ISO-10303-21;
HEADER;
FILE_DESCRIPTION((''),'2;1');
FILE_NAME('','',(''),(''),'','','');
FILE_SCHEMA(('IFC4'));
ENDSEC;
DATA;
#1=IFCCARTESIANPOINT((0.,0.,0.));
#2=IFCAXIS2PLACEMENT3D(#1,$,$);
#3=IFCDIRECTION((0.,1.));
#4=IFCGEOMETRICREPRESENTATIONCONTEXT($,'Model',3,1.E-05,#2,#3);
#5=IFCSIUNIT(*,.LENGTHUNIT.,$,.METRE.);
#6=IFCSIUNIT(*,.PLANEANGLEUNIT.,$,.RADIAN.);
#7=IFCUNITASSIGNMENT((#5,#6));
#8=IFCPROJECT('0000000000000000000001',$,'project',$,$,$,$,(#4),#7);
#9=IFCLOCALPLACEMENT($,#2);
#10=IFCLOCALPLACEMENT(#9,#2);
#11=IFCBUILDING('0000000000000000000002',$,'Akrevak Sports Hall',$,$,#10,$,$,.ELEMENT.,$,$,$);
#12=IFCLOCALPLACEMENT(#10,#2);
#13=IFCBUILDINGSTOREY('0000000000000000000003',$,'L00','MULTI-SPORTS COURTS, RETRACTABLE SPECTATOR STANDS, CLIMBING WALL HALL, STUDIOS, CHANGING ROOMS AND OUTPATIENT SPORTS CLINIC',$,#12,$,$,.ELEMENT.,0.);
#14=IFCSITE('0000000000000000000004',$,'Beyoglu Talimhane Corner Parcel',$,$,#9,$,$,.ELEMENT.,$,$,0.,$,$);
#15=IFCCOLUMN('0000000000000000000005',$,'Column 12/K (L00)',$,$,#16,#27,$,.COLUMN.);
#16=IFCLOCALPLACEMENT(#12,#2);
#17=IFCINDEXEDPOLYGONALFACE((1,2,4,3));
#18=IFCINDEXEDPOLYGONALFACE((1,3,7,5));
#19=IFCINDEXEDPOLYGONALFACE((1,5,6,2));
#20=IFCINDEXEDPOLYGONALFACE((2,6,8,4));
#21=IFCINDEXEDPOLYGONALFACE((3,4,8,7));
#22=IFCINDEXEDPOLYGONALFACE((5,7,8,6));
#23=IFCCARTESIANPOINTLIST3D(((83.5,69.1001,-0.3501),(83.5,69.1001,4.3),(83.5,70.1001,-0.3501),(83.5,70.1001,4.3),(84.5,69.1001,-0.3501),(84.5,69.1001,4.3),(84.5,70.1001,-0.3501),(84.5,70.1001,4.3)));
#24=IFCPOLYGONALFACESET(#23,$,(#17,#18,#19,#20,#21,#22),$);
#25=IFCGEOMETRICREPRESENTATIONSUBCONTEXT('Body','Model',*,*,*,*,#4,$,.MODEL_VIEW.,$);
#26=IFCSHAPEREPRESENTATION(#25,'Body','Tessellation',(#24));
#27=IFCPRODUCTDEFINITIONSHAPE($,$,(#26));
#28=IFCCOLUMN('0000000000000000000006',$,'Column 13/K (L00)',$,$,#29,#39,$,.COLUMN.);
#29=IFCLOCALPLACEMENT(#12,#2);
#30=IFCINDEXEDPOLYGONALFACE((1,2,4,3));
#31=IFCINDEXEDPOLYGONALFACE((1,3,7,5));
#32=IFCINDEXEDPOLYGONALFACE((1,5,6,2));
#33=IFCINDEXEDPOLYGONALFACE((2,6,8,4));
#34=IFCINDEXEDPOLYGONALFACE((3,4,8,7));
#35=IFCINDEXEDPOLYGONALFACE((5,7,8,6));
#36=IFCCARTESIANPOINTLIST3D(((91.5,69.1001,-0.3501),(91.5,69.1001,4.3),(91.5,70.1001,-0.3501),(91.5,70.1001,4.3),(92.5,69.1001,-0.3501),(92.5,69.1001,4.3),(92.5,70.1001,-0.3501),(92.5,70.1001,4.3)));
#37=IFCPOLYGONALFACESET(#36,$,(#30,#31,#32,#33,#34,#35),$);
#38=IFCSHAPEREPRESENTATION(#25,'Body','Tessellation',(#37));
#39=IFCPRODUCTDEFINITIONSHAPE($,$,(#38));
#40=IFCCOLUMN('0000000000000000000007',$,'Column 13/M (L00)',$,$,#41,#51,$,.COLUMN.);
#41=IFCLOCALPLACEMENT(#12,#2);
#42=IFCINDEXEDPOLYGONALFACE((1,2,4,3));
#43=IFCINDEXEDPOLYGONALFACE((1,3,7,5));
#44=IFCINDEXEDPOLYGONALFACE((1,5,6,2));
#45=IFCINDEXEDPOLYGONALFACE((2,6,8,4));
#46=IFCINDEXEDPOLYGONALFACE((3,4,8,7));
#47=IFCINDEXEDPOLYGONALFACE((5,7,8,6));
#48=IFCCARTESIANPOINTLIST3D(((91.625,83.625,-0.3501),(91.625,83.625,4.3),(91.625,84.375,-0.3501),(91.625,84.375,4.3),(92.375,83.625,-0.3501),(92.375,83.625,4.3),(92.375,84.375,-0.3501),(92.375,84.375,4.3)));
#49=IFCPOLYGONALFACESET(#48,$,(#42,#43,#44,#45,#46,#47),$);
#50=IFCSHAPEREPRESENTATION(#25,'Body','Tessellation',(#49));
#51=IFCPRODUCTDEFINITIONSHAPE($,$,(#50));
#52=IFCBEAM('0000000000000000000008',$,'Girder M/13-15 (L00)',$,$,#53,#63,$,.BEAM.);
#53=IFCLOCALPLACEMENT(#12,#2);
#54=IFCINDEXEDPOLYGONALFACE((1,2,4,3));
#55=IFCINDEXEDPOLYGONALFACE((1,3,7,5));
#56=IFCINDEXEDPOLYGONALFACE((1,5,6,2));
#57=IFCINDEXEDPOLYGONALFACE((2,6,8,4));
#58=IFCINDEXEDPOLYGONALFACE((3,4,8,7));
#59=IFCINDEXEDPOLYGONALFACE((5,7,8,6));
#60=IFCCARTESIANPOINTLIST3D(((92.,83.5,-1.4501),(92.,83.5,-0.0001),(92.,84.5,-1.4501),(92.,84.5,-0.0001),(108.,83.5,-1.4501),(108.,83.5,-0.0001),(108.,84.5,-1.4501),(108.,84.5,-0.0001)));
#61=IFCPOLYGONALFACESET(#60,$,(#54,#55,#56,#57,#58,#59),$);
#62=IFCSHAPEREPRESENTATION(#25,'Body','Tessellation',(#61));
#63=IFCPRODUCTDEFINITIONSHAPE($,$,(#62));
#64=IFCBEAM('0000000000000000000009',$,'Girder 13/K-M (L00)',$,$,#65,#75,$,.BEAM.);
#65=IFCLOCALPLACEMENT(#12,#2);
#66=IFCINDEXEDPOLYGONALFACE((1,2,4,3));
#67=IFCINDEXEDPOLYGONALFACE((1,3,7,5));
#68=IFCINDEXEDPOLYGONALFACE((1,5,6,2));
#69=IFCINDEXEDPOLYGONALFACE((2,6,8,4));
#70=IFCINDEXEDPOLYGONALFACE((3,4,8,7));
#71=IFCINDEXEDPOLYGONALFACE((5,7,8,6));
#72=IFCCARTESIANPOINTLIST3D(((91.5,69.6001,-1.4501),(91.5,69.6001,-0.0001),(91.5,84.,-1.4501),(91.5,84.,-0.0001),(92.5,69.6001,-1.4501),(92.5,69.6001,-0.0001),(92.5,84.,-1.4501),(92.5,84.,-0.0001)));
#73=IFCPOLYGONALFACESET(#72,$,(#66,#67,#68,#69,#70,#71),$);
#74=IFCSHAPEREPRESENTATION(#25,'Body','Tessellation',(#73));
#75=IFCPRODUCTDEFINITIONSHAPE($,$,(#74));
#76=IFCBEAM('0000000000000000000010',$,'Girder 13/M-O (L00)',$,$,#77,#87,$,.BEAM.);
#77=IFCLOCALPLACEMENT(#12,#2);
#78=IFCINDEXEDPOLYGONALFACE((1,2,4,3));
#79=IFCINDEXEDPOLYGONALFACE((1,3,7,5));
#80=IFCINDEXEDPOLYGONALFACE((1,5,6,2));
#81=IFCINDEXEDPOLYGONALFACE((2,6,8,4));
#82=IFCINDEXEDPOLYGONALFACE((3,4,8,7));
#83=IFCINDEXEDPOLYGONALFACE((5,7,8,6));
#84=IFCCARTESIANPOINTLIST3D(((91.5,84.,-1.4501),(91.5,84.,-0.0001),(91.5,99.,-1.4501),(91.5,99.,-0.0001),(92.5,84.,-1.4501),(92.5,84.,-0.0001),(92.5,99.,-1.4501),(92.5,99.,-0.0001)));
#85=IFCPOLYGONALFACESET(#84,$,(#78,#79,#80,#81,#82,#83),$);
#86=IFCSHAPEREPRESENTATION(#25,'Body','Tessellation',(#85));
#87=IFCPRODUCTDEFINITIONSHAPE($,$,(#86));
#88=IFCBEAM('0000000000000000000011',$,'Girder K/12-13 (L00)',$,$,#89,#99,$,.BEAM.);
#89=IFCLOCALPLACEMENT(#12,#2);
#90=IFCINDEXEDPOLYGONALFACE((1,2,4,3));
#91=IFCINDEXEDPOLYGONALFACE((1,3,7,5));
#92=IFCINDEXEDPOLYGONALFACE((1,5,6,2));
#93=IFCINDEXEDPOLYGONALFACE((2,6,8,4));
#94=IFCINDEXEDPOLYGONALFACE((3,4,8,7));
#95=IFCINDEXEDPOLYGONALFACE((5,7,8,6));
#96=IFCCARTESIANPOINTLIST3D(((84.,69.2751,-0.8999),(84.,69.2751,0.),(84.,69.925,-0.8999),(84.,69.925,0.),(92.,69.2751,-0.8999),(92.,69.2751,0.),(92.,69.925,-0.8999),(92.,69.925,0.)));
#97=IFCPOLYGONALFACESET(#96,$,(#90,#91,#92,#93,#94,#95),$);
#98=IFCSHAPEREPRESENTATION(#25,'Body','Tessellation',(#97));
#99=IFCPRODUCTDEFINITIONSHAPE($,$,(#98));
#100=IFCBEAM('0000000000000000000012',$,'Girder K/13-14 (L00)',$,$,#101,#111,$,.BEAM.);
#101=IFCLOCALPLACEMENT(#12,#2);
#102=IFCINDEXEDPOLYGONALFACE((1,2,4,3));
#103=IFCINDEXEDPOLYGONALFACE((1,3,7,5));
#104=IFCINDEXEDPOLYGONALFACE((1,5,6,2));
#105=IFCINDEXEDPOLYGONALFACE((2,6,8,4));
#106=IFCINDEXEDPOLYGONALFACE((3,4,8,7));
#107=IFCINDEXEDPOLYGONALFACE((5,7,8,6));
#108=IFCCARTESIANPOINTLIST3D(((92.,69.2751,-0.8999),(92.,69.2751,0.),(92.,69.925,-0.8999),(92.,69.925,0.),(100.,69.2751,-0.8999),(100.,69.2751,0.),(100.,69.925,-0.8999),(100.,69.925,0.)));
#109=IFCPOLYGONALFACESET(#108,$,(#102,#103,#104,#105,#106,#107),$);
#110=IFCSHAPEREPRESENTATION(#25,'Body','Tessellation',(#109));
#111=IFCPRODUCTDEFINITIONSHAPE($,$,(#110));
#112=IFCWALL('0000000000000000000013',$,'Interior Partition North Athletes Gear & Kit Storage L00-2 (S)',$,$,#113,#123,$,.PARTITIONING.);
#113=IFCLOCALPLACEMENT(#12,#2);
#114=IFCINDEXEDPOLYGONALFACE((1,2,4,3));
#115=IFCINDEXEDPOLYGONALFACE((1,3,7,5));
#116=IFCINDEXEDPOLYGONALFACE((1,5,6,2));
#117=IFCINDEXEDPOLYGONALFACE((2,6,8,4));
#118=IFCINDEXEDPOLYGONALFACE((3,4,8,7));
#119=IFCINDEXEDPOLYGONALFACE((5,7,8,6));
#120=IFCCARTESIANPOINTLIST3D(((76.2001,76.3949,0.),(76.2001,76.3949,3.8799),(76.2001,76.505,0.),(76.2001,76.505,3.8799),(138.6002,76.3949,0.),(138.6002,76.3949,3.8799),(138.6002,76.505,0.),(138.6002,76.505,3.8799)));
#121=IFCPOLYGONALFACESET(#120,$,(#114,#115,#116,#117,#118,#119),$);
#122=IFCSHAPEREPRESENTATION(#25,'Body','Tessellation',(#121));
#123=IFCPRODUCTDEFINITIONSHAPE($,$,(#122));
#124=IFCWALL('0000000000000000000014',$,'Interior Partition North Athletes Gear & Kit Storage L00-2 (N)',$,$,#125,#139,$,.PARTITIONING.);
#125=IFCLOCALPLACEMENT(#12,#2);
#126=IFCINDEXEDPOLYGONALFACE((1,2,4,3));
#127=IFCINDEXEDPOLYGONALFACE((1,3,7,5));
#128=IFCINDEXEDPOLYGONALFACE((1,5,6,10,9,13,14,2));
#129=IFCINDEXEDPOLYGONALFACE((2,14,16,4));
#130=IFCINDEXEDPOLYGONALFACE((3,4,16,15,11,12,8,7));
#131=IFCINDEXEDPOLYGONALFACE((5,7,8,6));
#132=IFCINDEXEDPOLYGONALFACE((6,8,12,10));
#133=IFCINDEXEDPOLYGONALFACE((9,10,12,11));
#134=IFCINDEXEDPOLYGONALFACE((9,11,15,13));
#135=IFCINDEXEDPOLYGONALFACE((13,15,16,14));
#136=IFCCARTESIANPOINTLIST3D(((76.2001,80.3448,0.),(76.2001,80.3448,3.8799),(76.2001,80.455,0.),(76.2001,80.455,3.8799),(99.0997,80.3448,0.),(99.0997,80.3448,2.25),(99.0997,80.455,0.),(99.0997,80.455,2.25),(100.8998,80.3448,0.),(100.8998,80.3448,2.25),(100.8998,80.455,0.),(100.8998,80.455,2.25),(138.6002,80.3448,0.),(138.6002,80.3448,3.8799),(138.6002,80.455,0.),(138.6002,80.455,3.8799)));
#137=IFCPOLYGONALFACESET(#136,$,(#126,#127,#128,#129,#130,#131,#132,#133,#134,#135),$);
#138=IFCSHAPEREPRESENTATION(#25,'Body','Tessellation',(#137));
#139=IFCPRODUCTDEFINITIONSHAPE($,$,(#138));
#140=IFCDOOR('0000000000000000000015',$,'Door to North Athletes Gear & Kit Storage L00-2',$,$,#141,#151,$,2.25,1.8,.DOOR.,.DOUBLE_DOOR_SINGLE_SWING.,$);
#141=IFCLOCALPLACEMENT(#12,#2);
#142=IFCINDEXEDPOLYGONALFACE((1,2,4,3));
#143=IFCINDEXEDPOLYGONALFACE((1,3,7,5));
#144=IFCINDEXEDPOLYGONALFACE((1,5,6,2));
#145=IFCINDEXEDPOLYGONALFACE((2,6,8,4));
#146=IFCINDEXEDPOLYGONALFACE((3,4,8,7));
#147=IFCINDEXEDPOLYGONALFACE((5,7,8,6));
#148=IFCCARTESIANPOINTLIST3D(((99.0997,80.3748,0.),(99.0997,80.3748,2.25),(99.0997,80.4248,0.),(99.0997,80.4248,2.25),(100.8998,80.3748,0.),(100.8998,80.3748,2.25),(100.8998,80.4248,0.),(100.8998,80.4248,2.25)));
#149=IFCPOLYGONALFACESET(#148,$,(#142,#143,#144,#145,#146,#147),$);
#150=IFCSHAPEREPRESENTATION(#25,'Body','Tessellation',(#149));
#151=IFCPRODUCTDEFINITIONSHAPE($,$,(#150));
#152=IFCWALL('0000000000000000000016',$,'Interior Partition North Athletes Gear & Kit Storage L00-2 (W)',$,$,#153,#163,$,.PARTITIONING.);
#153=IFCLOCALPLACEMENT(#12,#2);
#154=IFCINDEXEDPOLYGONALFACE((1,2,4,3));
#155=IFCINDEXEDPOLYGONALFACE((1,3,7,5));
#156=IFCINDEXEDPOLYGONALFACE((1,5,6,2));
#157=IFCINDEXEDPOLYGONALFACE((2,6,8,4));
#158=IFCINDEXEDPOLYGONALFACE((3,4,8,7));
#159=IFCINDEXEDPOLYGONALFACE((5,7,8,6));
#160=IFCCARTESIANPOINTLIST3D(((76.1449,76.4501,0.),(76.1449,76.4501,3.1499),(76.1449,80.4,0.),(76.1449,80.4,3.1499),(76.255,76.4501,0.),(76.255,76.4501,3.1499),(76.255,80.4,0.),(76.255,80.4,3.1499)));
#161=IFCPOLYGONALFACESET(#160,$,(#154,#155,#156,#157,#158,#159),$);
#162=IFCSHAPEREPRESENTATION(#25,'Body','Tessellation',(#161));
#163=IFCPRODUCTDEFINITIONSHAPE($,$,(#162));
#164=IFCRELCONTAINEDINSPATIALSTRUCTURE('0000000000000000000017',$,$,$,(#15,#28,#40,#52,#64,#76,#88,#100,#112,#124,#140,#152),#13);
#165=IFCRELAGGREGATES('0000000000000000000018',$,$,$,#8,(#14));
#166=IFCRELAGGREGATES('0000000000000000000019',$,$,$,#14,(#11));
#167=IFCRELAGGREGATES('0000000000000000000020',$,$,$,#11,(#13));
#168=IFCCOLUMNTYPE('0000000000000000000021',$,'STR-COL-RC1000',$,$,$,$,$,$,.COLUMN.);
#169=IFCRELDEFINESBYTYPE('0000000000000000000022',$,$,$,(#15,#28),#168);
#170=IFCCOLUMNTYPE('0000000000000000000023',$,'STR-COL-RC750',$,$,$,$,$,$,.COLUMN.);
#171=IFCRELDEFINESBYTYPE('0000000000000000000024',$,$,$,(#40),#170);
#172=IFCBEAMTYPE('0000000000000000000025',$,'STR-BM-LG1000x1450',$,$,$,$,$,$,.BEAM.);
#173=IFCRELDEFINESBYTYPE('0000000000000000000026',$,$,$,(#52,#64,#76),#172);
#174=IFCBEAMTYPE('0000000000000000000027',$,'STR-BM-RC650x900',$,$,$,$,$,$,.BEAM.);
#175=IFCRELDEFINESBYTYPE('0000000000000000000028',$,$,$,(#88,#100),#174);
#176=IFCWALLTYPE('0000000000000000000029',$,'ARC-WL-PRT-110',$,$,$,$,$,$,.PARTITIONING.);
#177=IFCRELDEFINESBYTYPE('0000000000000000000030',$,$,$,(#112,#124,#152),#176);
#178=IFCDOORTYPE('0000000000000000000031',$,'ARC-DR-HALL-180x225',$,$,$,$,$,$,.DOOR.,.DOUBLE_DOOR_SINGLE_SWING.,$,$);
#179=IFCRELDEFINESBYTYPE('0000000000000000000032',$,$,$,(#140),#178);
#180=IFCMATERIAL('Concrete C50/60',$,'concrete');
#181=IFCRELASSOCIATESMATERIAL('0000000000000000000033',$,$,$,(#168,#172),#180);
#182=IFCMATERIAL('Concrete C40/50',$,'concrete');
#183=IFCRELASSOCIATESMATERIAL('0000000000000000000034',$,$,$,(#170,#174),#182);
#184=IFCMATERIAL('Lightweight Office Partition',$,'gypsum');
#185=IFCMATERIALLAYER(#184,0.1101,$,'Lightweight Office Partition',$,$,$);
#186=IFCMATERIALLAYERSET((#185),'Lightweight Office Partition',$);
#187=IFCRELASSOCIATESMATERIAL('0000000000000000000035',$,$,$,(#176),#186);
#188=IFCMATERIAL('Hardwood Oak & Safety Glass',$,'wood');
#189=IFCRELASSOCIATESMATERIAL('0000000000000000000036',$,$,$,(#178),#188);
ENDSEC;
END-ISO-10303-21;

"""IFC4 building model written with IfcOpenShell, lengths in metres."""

from ifc_helpers import new_model, si_unit, direction, frame, frame_2d, origin, origin_2d, place, context, subcontext, project, spatial, rectangle, extrude, material, layer, layer_set, material_profile, profile_set, type_object, element, fill, save


model = new_model("IFC4")

# Units and contexts
model_context = context("Model", 3, precision=1e-05, world=origin(), true_north=direction((0.0, 1.0)))
body_context = subcontext(model_context, "Body", "Model", "MODEL_VIEW")
ifc_project = project(units=[si_unit("LENGTHUNIT", "METRE"), si_unit("PLANEANGLEUNIT", "RADIAN")], contexts=[model_context])

# Site, building, storey
site_placement = place(None, origin())
site = spatial("IfcSite", under=ifc_project, at=site_placement, Name="Beyoglu Talimhane Corner Parcel", CompositionType="ELEMENT", RefElevation=0.0)
building_placement = place(site_placement, origin())
building = spatial("IfcBuilding", under=site, at=building_placement, Name="Akrevak Sports Hall", CompositionType="ELEMENT")
storey_placement = place(building_placement, origin())
storey = spatial("IfcBuildingStorey", under=building, at=storey_placement, Name="L00", Description="MULTI-SPORTS COURTS, RETRACTABLE SPECTATOR STANDS, CLIMBING WALL HALL, STUDIOS, CHANGING ROOMS AND OUTPATIENT SPORTS CLINIC", CompositionType="ELEMENT", Elevation=0.0)

# Columns
ifc_material_1 = material(Name="Concrete C50/60", Category="concrete")
ifc_material_profile_1 = material_profile(ifc_material_1, rectangle(XDim=1.0, YDim=1.0, at=origin_2d()), Name="RC 1000x1000", Category="concrete")
ifc_profile_set_1 = profile_set([ifc_material_profile_1], Name="Concrete C50/60")
column_type_1 = type_object("IfcColumnType", Name="STR-COL-RC1000", PredefinedType="COLUMN", material=ifc_profile_set_1)
for number, where, z_axis, x_axis, name in (
    (1, (84.0, 69.6001, -0.3501), (0.0, 0.0, 1.0), (1.0, 0.0, 0.0), "Column 12/K (L00)"),
    (2, (92.0, 69.6001, -0.3501), (0.0, 0.0, 1.0), (1.0, 0.0, 0.0), "Column 13/K (L00)"),
):
    element("IfcColumn", number, at=place(storey_placement, frame(where, z_axis=z_axis, x_axis=x_axis)), inside=storey, type_object=column_type_1, Name=name, PredefinedType="COLUMN", context=body_context, shape_type="SweptSolid", body=[
        extrude(rectangle(XDim=1.0, YDim=1.0, at=origin_2d()), origin(), (0.0, 0.0, 1.0), 4.6501),
    ])
ifc_material_2 = material(Name="Concrete C40/50", Category="concrete")
ifc_material_profile_2 = material_profile(ifc_material_2, rectangle(XDim=0.75, YDim=0.75, at=origin_2d()), Name="RC 750x750", Category="concrete")
ifc_profile_set_2 = profile_set([ifc_material_profile_2], Name="Concrete C40/50")
column_type_2 = type_object("IfcColumnType", Name="STR-COL-RC750", PredefinedType="COLUMN", material=ifc_profile_set_2)
column_placement = place(storey_placement, frame((92.0, 84.0, -0.3501), z_axis=(0.0, 0.0, 1.0), x_axis=(1.0, 0.0, 0.0)))
element("IfcColumn", 3, at=column_placement, inside=storey, type_object=column_type_2, Name="Column 13/M (L00)", PredefinedType="COLUMN", context=body_context, shape_type="SweptSolid", body=[
    extrude(rectangle(XDim=0.75, YDim=0.75, at=origin_2d()), origin(), (0.0, 0.0, 1.0), 4.6501),
])

# Beams
ifc_material_profile_3 = material_profile(ifc_material_1, rectangle(XDim=1.0, YDim=1.45, at=origin_2d()), Name="BM 1000x1450", Category="concrete")
ifc_profile_set_3 = profile_set([ifc_material_profile_3], Name="Concrete C50/60")
beam_type_1 = type_object("IfcBeamType", Name="STR-BM-LG1000x1450", PredefinedType="BEAM", material=ifc_profile_set_3)
beam_1_placement = place(storey_placement, frame((92.0, 84.0, -0.7251), z_axis=(1.0, 0.0, 0.0), x_axis=(0.0, 1.0, 0.0)))
element("IfcBeam", 4, at=beam_1_placement, inside=storey, type_object=beam_type_1, Name="Girder M/13-15 (L00)", PredefinedType="BEAM", context=body_context, shape_type="SweptSolid", body=[
    extrude(rectangle(XDim=1.0, YDim=1.45, at=origin_2d()), origin(), (0.0, 0.0, 1.0), 16.0),
])
beam_2_placement = place(storey_placement, frame((92.0, 69.6001, -0.7251), z_axis=(0.0, 1.0, 0.0), x_axis=(-1.0, 0.0, 0.0)))
element("IfcBeam", 5, at=beam_2_placement, inside=storey, type_object=beam_type_1, Name="Girder 13/K-M (L00)", PredefinedType="BEAM", context=body_context, shape_type="SweptSolid", body=[
    extrude(rectangle(XDim=1.0, YDim=1.45, at=origin_2d()), origin(), (0.0, 0.0, 1.0), 14.3999),
])
beam_3_placement = place(storey_placement, frame((92.0, 84.0, -0.7251), z_axis=(0.0, 1.0, 0.0), x_axis=(-1.0, 0.0, 0.0)))
element("IfcBeam", 6, at=beam_3_placement, inside=storey, type_object=beam_type_1, Name="Girder 13/M-O (L00)", PredefinedType="BEAM", context=body_context, shape_type="SweptSolid", body=[
    extrude(rectangle(XDim=1.0, YDim=1.45, at=origin_2d()), origin(), (0.0, 0.0, 1.0), 15.0),
])
ifc_material_profile_4 = material_profile(ifc_material_2, rectangle(XDim=0.6499, YDim=0.8999, at=origin_2d()), Name="BM 650x900", Category="concrete")
ifc_profile_set_4 = profile_set([ifc_material_profile_4], Name="Concrete C40/50")
beam_type_2 = type_object("IfcBeamType", Name="STR-BM-RC650x900", PredefinedType="BEAM", material=ifc_profile_set_4)
for number, where, z_axis, x_axis, name in (
    (7, (84.0, 69.6001, -0.45), (1.0, 0.0, 0.0), (0.0, 1.0, 0.0), "Girder K/12-13 (L00)"),
    (8, (92.0, 69.6001, -0.45), (1.0, 0.0, 0.0), (0.0, 1.0, 0.0), "Girder K/13-14 (L00)"),
):
    element("IfcBeam", number, at=place(storey_placement, frame(where, z_axis=z_axis, x_axis=x_axis)), inside=storey, type_object=beam_type_2, Name=name, PredefinedType="BEAM", context=body_context, shape_type="SweptSolid", body=[
        extrude(rectangle(XDim=0.6499, YDim=0.8999, at=origin_2d()), origin(), (0.0, 0.0, 1.0), 8.0),
    ])

# Wall
ifc_material_3 = material(Name="Lightweight Office Partition", Category="gypsum")
ifc_layer_1 = layer(ifc_material_3, 0.1101, Name="Lightweight Office Partition")
ifc_layer_set_1 = layer_set([ifc_layer_1], Name="Lightweight Office Partition")
wall_type_1 = type_object("IfcWallType", Name="ARC-WL-PRT-110", PredefinedType="PARTITIONING", material=ifc_layer_set_1)
wall_1_placement = place(storey_placement, frame((76.2, 76.45, 0.0), z_axis=(0.0, 0.0, 1.0), x_axis=(1.0, 0.0, 0.0)))
element("IfcWall", 9, at=wall_1_placement, inside=storey, type_object=wall_type_1, Name="Interior Partition North Athletes Gear & Kit Storage L00-2 (S)", PredefinedType="PARTITIONING", context=body_context, shape_type="SweptSolid", body=[
    extrude(rectangle(XDim=62.4001, YDim=0.1101, at=frame_2d((31.2002, 0.0))), origin(), (0.0, 0.0, 1.0), 3.8799),
])

# Wall, opening, door
wall_2_placement = place(storey_placement, frame((76.2, 80.3999, 0.0), z_axis=(0.0, 0.0, 1.0), x_axis=(1.0, 0.0, 0.0)))
wall_2 = element("IfcWall", 10, at=wall_2_placement, inside=storey, type_object=wall_type_1, Name="Interior Partition North Athletes Gear & Kit Storage L00-2 (N)", PredefinedType="PARTITIONING", context=body_context, shape_type="SweptSolid", body=[
    extrude(rectangle(XDim=62.4001, YDim=0.1101, at=frame_2d((31.2002, 0.0))), origin(), (0.0, 0.0, 1.0), 3.8799),
])
opening_1_placement = place(wall_2_placement, frame((22.8999, 0.0, 0.0)))
opening_1 = element("IfcOpeningElement", 11, at=opening_1_placement, cuts=wall_2, PredefinedType="OPENING", context=body_context, shape_type="SweptSolid", body=[
    extrude(rectangle(XDim=1.8, YDim=2.25, at=frame_2d((0.8999, 1.125))), frame((0.0, 0.0669, 0.0), z_axis=(0.0, -1.0, 0.0), x_axis=(1.0, 0.0, 0.0)), (0.0, 0.0, 1.0), 0.134),
])
ifc_material_4 = material(Name="Hardwood Oak & Safety Glass", Category="wood")
door_type_1 = type_object("IfcDoorType", Name="ARC-DR-HALL-180x225", OperationType="DOUBLE_DOOR_SINGLE_SWING", PredefinedType="DOOR", material=ifc_material_4)
door_1_placement = place(opening_1_placement, origin())
door_1 = element("IfcDoor", 12, at=door_1_placement, inside=storey, type_object=door_type_1, Name="Door to North Athletes Gear & Kit Storage L00-2", OperationType="DOUBLE_DOOR_SINGLE_SWING", OverallHeight=2.25, OverallWidth=1.8, PredefinedType="DOOR", context=body_context, shape_type="SweptSolid", body=[
    extrude(rectangle(XDim=1.8, YDim=2.25, at=frame_2d((0.8999, 1.125))), frame((0.0, 0.0249, 0.0), z_axis=(0.0, -1.0, 0.0), x_axis=(1.0, 0.0, 0.0)), (0.0, 0.0, 1.0), 0.05),
])
fill(opening_1, door_1)

# Wall
wall_3_placement = place(storey_placement, frame((76.2, 76.45, 0.0), z_axis=(0.0, 0.0, 1.0), x_axis=(0.0, 1.0, 0.0)))
element("IfcWall", 13, at=wall_3_placement, inside=storey, type_object=wall_type_1, Name="Interior Partition North Athletes Gear & Kit Storage L00-2 (W)", PredefinedType="PARTITIONING", context=body_context, shape_type="SweptSolid", body=[
    extrude(rectangle(XDim=3.95, YDim=0.1101, at=frame_2d((1.9751, 0.0))), origin(), (0.0, 0.0, 1.0), 3.1499),
])

save(model, "model.ifc")
